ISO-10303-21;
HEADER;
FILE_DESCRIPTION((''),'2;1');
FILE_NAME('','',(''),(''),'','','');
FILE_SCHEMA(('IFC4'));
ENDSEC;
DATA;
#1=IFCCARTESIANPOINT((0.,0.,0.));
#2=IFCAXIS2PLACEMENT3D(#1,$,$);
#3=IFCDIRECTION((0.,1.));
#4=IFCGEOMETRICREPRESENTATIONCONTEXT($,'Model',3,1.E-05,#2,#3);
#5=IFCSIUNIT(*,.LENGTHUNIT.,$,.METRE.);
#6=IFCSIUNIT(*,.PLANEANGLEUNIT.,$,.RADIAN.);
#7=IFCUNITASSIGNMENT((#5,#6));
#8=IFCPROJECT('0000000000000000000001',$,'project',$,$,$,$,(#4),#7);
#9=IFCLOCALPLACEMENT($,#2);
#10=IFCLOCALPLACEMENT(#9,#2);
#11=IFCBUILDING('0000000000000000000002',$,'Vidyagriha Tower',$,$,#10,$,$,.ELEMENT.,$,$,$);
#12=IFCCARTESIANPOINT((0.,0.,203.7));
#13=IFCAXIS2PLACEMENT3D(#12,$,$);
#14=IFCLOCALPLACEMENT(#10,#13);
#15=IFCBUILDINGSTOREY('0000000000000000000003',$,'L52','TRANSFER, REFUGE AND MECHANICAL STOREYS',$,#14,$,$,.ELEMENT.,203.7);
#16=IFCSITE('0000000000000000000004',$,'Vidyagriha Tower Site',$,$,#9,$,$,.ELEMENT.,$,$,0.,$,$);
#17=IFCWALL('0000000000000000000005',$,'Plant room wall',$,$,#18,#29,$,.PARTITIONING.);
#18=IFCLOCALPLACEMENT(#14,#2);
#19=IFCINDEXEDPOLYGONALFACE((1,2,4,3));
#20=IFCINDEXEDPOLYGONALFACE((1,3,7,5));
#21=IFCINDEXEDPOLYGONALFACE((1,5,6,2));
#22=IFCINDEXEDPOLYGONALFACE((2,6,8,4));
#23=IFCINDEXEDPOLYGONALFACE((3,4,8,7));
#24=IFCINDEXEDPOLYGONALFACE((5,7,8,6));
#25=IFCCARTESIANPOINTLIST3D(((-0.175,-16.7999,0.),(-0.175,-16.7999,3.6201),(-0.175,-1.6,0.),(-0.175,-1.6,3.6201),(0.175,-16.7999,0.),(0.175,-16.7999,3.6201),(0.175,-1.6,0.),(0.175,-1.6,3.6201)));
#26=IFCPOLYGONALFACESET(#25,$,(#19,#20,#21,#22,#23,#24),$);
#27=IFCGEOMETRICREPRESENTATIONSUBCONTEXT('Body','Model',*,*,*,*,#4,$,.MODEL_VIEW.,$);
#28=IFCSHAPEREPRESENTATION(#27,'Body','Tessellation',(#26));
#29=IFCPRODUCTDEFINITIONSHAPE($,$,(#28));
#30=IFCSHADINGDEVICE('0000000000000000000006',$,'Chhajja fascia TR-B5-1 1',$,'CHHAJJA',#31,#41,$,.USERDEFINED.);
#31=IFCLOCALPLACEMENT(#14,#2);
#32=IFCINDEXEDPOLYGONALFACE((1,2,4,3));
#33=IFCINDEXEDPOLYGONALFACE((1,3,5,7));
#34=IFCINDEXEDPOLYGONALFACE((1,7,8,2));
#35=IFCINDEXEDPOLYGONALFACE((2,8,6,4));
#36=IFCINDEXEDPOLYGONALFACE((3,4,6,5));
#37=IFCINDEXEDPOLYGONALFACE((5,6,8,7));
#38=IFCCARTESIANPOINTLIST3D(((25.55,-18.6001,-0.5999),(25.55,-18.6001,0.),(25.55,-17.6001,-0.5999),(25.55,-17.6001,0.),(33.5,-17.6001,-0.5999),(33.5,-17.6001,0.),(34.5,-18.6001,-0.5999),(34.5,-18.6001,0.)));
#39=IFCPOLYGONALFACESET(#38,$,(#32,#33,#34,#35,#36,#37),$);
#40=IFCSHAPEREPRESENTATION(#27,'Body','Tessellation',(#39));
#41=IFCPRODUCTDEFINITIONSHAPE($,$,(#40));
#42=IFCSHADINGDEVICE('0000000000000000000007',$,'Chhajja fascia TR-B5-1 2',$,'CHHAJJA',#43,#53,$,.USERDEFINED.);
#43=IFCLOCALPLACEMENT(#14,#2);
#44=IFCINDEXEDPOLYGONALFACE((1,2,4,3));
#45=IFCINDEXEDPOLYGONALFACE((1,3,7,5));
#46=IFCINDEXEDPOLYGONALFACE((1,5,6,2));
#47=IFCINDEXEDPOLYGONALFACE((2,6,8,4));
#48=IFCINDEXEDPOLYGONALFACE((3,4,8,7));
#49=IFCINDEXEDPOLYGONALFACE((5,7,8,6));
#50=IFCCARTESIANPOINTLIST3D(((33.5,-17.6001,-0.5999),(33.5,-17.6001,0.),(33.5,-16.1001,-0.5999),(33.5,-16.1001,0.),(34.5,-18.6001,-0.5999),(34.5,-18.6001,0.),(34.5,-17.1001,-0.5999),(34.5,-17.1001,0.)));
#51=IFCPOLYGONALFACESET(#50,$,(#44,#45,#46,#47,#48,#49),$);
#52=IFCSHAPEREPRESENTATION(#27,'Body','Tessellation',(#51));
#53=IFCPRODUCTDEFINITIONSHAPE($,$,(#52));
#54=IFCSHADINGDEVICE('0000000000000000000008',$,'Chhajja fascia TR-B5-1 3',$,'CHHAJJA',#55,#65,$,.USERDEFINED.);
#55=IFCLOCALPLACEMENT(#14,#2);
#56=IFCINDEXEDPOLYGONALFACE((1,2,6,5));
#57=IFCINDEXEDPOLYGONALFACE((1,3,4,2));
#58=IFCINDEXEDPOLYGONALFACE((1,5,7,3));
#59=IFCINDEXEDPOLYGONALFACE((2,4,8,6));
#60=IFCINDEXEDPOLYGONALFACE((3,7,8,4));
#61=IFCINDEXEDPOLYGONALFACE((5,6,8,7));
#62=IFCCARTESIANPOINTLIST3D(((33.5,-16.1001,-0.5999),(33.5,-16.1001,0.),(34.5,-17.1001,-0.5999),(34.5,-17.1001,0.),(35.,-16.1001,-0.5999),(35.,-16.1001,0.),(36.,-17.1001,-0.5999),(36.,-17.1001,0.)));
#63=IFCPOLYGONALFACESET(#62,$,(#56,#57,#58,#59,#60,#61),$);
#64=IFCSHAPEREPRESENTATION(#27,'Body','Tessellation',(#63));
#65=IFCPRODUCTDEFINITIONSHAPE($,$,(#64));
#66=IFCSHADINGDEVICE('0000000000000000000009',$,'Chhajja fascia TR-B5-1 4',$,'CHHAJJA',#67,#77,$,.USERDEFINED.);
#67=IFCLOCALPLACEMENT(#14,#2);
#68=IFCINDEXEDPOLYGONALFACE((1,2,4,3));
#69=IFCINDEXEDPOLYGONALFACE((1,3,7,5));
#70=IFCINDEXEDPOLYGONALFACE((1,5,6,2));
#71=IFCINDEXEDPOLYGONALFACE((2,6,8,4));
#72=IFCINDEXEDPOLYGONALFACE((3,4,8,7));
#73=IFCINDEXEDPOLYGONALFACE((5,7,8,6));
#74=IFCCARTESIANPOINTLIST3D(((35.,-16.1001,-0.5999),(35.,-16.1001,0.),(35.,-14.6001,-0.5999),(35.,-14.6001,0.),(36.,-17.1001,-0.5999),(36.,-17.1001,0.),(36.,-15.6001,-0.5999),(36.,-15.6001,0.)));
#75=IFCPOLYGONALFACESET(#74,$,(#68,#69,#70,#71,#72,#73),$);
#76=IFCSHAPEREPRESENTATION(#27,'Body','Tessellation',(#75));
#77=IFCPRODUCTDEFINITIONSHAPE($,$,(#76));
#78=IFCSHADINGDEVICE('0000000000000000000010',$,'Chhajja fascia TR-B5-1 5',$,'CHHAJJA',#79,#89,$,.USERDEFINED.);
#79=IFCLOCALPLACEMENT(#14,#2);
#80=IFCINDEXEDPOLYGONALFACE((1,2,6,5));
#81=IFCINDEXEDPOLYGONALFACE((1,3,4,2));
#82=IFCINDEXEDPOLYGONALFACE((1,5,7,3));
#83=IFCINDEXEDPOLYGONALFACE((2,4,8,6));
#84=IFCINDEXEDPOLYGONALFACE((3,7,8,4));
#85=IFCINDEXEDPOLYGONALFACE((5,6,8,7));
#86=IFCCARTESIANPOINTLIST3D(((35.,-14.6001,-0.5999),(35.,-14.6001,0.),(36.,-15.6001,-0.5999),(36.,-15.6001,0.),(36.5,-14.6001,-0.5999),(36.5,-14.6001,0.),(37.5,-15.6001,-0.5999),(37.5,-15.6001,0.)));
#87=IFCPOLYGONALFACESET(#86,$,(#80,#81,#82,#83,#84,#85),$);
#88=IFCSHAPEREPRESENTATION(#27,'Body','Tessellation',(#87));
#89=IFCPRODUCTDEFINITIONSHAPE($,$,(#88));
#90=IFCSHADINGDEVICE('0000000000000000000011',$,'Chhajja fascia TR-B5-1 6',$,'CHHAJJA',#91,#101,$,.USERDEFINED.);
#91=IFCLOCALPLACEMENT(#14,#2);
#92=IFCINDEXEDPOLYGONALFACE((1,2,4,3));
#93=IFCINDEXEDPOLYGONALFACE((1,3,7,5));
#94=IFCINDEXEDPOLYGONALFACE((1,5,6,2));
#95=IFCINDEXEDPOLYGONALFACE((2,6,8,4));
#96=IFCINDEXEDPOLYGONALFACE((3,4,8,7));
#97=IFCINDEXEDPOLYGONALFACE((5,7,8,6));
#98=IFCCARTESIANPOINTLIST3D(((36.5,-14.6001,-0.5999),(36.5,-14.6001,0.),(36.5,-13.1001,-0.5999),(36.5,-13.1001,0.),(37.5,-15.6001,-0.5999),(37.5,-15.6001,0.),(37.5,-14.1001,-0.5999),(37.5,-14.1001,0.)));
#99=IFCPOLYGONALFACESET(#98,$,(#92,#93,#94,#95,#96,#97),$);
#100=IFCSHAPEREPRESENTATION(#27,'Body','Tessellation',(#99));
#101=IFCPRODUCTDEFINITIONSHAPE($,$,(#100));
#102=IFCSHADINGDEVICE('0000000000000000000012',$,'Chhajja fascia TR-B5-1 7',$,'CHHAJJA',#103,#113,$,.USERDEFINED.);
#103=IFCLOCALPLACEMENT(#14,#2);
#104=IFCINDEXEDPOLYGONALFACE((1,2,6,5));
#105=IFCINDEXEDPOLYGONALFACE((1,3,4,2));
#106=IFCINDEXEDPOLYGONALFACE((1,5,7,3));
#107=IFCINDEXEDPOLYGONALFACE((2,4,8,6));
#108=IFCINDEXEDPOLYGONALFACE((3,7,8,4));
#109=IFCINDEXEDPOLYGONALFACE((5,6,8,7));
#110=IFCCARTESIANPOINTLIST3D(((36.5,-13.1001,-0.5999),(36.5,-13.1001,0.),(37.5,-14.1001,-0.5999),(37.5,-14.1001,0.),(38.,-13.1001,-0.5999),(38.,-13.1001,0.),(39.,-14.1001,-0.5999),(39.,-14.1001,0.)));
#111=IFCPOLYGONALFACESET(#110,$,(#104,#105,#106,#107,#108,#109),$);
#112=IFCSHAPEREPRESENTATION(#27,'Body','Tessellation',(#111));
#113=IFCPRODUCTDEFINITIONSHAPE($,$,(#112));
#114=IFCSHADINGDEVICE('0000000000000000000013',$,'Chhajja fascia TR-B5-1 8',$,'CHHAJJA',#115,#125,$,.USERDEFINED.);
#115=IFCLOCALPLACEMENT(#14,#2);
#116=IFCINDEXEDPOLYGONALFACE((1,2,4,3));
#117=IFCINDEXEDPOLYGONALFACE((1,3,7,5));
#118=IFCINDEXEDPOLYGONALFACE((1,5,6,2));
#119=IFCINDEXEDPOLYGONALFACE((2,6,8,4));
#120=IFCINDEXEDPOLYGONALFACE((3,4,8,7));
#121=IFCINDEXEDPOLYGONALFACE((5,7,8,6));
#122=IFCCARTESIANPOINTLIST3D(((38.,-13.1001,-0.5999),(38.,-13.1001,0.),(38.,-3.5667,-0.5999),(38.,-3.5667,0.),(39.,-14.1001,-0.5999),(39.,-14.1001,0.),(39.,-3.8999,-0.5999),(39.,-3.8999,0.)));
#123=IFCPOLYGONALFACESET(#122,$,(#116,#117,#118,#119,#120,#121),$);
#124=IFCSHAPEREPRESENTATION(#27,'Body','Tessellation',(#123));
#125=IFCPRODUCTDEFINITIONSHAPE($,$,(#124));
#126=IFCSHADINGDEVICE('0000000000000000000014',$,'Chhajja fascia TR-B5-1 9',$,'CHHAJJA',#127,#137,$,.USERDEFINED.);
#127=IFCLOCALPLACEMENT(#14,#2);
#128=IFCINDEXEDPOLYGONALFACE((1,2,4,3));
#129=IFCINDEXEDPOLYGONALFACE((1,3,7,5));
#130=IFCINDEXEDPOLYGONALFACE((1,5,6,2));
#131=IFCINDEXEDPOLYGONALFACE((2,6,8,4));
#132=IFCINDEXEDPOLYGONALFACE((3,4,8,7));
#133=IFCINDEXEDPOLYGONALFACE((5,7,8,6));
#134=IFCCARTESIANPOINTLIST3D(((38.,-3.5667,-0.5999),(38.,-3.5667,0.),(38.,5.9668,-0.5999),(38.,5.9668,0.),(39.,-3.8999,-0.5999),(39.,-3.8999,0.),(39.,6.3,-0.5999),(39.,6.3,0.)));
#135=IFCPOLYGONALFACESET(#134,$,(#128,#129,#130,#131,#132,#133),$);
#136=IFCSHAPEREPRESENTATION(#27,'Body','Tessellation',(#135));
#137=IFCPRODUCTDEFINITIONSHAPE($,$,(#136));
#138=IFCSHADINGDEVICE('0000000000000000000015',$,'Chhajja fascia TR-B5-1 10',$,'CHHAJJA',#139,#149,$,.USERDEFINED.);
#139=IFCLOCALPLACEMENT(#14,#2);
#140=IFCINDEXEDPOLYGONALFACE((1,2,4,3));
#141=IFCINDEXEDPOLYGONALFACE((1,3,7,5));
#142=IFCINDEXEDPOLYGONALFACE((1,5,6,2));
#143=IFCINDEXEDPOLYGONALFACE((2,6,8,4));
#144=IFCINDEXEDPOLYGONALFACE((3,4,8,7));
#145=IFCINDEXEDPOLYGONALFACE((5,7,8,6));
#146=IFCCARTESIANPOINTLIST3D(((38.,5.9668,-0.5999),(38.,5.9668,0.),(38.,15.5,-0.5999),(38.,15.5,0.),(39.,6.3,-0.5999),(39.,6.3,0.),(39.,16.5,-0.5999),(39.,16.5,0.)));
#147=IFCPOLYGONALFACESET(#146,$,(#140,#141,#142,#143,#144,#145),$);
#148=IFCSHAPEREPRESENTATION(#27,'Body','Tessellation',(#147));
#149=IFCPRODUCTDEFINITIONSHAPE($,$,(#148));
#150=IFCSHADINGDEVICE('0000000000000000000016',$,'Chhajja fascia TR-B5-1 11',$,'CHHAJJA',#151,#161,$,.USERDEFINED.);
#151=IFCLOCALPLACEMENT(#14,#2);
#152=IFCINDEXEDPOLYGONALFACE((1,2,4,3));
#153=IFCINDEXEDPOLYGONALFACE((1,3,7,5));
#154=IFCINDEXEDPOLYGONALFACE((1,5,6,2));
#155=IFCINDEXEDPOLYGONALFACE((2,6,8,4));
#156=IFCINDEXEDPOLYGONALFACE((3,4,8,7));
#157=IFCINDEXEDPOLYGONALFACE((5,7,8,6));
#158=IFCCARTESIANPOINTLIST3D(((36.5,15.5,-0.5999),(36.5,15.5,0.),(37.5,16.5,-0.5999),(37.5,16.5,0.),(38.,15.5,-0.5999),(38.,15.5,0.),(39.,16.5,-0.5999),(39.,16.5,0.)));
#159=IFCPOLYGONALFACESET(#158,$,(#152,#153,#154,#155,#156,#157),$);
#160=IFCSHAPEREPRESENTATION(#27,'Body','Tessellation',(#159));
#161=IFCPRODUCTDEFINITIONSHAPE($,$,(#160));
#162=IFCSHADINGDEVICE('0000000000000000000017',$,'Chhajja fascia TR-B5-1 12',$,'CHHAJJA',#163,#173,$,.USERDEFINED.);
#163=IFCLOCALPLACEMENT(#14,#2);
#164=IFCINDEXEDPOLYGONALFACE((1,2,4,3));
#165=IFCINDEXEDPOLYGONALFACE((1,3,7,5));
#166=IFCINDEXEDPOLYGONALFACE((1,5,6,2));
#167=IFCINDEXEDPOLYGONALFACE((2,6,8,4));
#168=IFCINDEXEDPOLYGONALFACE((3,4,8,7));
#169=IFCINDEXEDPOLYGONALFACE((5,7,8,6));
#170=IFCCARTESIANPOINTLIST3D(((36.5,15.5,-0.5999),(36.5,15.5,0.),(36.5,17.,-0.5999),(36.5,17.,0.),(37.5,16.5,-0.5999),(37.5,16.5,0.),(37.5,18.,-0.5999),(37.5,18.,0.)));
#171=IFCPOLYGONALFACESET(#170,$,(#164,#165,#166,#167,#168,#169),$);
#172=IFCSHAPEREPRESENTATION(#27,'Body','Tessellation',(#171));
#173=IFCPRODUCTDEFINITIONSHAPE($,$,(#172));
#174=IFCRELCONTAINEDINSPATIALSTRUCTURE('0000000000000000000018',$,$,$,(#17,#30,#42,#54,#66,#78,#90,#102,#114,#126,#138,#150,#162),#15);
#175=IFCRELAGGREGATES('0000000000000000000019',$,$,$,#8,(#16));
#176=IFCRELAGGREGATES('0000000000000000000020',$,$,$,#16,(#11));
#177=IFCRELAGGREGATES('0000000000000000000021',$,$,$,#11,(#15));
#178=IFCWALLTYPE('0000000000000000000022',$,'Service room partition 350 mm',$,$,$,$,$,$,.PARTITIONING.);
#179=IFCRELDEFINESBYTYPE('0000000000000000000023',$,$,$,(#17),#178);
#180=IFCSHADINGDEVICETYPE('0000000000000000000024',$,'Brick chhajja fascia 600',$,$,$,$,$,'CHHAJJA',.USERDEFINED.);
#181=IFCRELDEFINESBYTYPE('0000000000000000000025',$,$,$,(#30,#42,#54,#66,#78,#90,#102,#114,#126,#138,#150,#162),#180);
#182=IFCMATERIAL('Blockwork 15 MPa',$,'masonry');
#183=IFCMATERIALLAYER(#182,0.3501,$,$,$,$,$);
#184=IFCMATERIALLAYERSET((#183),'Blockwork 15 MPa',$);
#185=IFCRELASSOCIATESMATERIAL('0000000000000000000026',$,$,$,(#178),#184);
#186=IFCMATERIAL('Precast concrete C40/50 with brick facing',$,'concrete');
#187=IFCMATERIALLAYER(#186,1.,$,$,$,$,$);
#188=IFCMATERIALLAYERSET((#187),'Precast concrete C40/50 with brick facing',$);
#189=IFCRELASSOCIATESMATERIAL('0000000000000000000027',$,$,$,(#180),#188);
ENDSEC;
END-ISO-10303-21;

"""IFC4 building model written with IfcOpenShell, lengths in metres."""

from ifc_helpers import new_model, si_unit, direction, frame, frame_2d, origin, place, context, subcontext, project, spatial, polyline, rectangle, outline, extrude, material, layer, layer_set, type_object, element, save


model = new_model("IFC4")

# Units and contexts
model_context = context("Model", 3, precision=1e-05, world=origin(), true_north=direction((0.0, 1.0)))
body_context = subcontext(model_context, "Body", "Model", "MODEL_VIEW")
ifc_project = project(units=[si_unit("LENGTHUNIT", "METRE"), si_unit("PLANEANGLEUNIT", "RADIAN")], contexts=[model_context])

# Site, building, storey
site_placement = place(None, origin())
site = spatial("IfcSite", under=ifc_project, at=site_placement, Name="Vidyagriha Tower Site", CompositionType="ELEMENT", RefElevation=0.0)
building_placement = place(site_placement, origin())
building = spatial("IfcBuilding", under=site, at=building_placement, Name="Vidyagriha Tower", CompositionType="ELEMENT")
storey_placement = place(building_placement, frame((0.0, 0.0, 203.7)))
storey = spatial("IfcBuildingStorey", under=building, at=storey_placement, Name="L52", Description="TRANSFER, REFUGE AND MECHANICAL STOREYS", CompositionType="ELEMENT", Elevation=203.7)

# Wall
ifc_material_1 = material(Name="Blockwork 15 MPa", Category="masonry")
ifc_layer_1 = layer(ifc_material_1, 0.3501)
ifc_layer_set_1 = layer_set([ifc_layer_1], Name="Blockwork 15 MPa")
wall_type = type_object("IfcWallType", Name="Service room partition 350 mm", PredefinedType="PARTITIONING", material=ifc_layer_set_1)
wall_placement = place(storey_placement, frame((0.0, -16.8, 0.0), z_axis=(0.0, 0.0, 1.0), x_axis=(0.0, 1.0, 0.0)))
element("IfcWall", 1, at=wall_placement, inside=storey, type_object=wall_type, Name="Plant room wall", PredefinedType="PARTITIONING", context=body_context, shape_type="SweptSolid", body=[
    extrude(rectangle(XDim=15.2, YDim=0.3501, at=frame_2d((7.6001, 0.0))), origin(), (0.0, 0.0, 1.0), 3.6201),
])

# Shading devices
ifc_material_2 = material(Name="Precast concrete C40/50 with brick facing", Category="concrete")
ifc_layer_2 = layer(ifc_material_2, 1.0)
ifc_layer_set_2 = layer_set([ifc_layer_2], Name="Precast concrete C40/50 with brick facing")
shading_device_type = type_object("IfcShadingDeviceType", Name="Brick chhajja fascia 600", ElementType="CHHAJJA", PredefinedType="USERDEFINED", material=ifc_layer_set_2)
shading_device_1_placement = place(storey_placement, frame((0.0, 0.0, -0.5999)))
element("IfcShadingDevice", 2, at=shading_device_1_placement, inside=storey, type_object=shading_device_type, Name="Chhajja fascia TR-B5-1 1", ObjectType="CHHAJJA", PredefinedType="USERDEFINED", context=body_context, shape_type="SweptSolid", body=[
    extrude(outline(polyline([(25.55, -17.6001), (25.55, -18.6001), (34.5, -18.6001), (33.5, -17.6001), (25.55, -17.6001)])), origin(), (0.0, 0.0, 1.0), 0.5999),
])
shading_device_2_placement = place(storey_placement, frame((0.0, 0.0, -0.5999)))
element("IfcShadingDevice", 3, at=shading_device_2_placement, inside=storey, type_object=shading_device_type, Name="Chhajja fascia TR-B5-1 2", ObjectType="CHHAJJA", PredefinedType="USERDEFINED", context=body_context, shape_type="SweptSolid", body=[
    extrude(outline(polyline([(33.5, -17.6001), (34.5, -18.6001), (34.5, -17.1001), (33.5, -16.1001), (33.5, -17.6001)])), origin(), (0.0, 0.0, 1.0), 0.5999),
])
shading_device_3_placement = place(storey_placement, frame((0.0, 0.0, -0.5999)))
element("IfcShadingDevice", 4, at=shading_device_3_placement, inside=storey, type_object=shading_device_type, Name="Chhajja fascia TR-B5-1 3", ObjectType="CHHAJJA", PredefinedType="USERDEFINED", context=body_context, shape_type="SweptSolid", body=[
    extrude(outline(polyline([(33.5, -16.1001), (34.5, -17.1001), (36.0, -17.1001), (35.0, -16.1001), (33.5, -16.1001)])), origin(), (0.0, 0.0, 1.0), 0.5999),
])
shading_device_4_placement = place(storey_placement, frame((0.0, 0.0, -0.5999)))
element("IfcShadingDevice", 5, at=shading_device_4_placement, inside=storey, type_object=shading_device_type, Name="Chhajja fascia TR-B5-1 4", ObjectType="CHHAJJA", PredefinedType="USERDEFINED", context=body_context, shape_type="SweptSolid", body=[
    extrude(outline(polyline([(35.0, -16.1001), (36.0, -17.1001), (36.0, -15.6001), (35.0, -14.6001), (35.0, -16.1001)])), origin(), (0.0, 0.0, 1.0), 0.5999),
])
shading_device_5_placement = place(storey_placement, frame((0.0, 0.0, -0.5999)))
element("IfcShadingDevice", 6, at=shading_device_5_placement, inside=storey, type_object=shading_device_type, Name="Chhajja fascia TR-B5-1 5", ObjectType="CHHAJJA", PredefinedType="USERDEFINED", context=body_context, shape_type="SweptSolid", body=[
    extrude(outline(polyline([(35.0, -14.6001), (36.0, -15.6001), (37.5, -15.6001), (36.5, -14.6001), (35.0, -14.6001)])), origin(), (0.0, 0.0, 1.0), 0.5999),
])
shading_device_6_placement = place(storey_placement, frame((0.0, 0.0, -0.5999)))
element("IfcShadingDevice", 7, at=shading_device_6_placement, inside=storey, type_object=shading_device_type, Name="Chhajja fascia TR-B5-1 6", ObjectType="CHHAJJA", PredefinedType="USERDEFINED", context=body_context, shape_type="SweptSolid", body=[
    extrude(outline(polyline([(36.5, -14.6001), (37.5, -15.6001), (37.5, -14.1001), (36.5, -13.1001), (36.5, -14.6001)])), origin(), (0.0, 0.0, 1.0), 0.5999),
])
shading_device_7_placement = place(storey_placement, frame((0.0, 0.0, -0.5999)))
element("IfcShadingDevice", 8, at=shading_device_7_placement, inside=storey, type_object=shading_device_type, Name="Chhajja fascia TR-B5-1 7", ObjectType="CHHAJJA", PredefinedType="USERDEFINED", context=body_context, shape_type="SweptSolid", body=[
    extrude(outline(polyline([(36.5, -13.1001), (37.5, -14.1001), (39.0, -14.1001), (38.0, -13.1001), (36.5, -13.1001)])), origin(), (0.0, 0.0, 1.0), 0.5999),
])
shading_device_8_placement = place(storey_placement, frame((0.0, 0.0, -0.5999)))
element("IfcShadingDevice", 9, at=shading_device_8_placement, inside=storey, type_object=shading_device_type, Name="Chhajja fascia TR-B5-1 8", ObjectType="CHHAJJA", PredefinedType="USERDEFINED", context=body_context, shape_type="SweptSolid", body=[
    extrude(outline(polyline([(38.0, -13.1001), (39.0, -14.1001), (39.0, -3.8999), (38.0, -3.5667), (38.0, -13.1001)])), origin(), (0.0, 0.0, 1.0), 0.5999),
])
shading_device_9_placement = place(storey_placement, frame((0.0, 0.0, -0.5999)))
element("IfcShadingDevice", 10, at=shading_device_9_placement, inside=storey, type_object=shading_device_type, Name="Chhajja fascia TR-B5-1 9", ObjectType="CHHAJJA", PredefinedType="USERDEFINED", context=body_context, shape_type="SweptSolid", body=[
    extrude(outline(polyline([(38.0, -3.5667), (39.0, -3.8999), (39.0, 6.3), (38.0, 5.9668), (38.0, -3.5667)])), origin(), (0.0, 0.0, 1.0), 0.5999),
])
shading_device_10_placement = place(storey_placement, frame((0.0, 0.0, -0.5999)))
element("IfcShadingDevice", 11, at=shading_device_10_placement, inside=storey, type_object=shading_device_type, Name="Chhajja fascia TR-B5-1 10", ObjectType="CHHAJJA", PredefinedType="USERDEFINED", context=body_context, shape_type="SweptSolid", body=[
    extrude(outline(polyline([(38.0, 5.9668), (39.0, 6.3), (39.0, 16.5), (38.0, 15.5), (38.0, 5.9668)])), origin(), (0.0, 0.0, 1.0), 0.5999),
])
shading_device_11_placement = place(storey_placement, frame((0.0, 0.0, -0.5999)))
element("IfcShadingDevice", 12, at=shading_device_11_placement, inside=storey, type_object=shading_device_type, Name="Chhajja fascia TR-B5-1 11", ObjectType="CHHAJJA", PredefinedType="USERDEFINED", context=body_context, shape_type="SweptSolid", body=[
    extrude(outline(polyline([(38.0, 15.5), (39.0, 16.5), (37.5, 16.5), (36.5, 15.5), (38.0, 15.5)])), origin(), (0.0, 0.0, 1.0), 0.5999),
])
shading_device_12_placement = place(storey_placement, frame((0.0, 0.0, -0.5999)))
element("IfcShadingDevice", 13, at=shading_device_12_placement, inside=storey, type_object=shading_device_type, Name="Chhajja fascia TR-B5-1 12", ObjectType="CHHAJJA", PredefinedType="USERDEFINED", context=body_context, shape_type="SweptSolid", body=[
    extrude(outline(polyline([(36.5, 15.5), (37.5, 16.5), (37.5, 18.0), (36.5, 17.0), (36.5, 15.5)])), origin(), (0.0, 0.0, 1.0), 0.5999),
])

save(model, "model.ifc")
